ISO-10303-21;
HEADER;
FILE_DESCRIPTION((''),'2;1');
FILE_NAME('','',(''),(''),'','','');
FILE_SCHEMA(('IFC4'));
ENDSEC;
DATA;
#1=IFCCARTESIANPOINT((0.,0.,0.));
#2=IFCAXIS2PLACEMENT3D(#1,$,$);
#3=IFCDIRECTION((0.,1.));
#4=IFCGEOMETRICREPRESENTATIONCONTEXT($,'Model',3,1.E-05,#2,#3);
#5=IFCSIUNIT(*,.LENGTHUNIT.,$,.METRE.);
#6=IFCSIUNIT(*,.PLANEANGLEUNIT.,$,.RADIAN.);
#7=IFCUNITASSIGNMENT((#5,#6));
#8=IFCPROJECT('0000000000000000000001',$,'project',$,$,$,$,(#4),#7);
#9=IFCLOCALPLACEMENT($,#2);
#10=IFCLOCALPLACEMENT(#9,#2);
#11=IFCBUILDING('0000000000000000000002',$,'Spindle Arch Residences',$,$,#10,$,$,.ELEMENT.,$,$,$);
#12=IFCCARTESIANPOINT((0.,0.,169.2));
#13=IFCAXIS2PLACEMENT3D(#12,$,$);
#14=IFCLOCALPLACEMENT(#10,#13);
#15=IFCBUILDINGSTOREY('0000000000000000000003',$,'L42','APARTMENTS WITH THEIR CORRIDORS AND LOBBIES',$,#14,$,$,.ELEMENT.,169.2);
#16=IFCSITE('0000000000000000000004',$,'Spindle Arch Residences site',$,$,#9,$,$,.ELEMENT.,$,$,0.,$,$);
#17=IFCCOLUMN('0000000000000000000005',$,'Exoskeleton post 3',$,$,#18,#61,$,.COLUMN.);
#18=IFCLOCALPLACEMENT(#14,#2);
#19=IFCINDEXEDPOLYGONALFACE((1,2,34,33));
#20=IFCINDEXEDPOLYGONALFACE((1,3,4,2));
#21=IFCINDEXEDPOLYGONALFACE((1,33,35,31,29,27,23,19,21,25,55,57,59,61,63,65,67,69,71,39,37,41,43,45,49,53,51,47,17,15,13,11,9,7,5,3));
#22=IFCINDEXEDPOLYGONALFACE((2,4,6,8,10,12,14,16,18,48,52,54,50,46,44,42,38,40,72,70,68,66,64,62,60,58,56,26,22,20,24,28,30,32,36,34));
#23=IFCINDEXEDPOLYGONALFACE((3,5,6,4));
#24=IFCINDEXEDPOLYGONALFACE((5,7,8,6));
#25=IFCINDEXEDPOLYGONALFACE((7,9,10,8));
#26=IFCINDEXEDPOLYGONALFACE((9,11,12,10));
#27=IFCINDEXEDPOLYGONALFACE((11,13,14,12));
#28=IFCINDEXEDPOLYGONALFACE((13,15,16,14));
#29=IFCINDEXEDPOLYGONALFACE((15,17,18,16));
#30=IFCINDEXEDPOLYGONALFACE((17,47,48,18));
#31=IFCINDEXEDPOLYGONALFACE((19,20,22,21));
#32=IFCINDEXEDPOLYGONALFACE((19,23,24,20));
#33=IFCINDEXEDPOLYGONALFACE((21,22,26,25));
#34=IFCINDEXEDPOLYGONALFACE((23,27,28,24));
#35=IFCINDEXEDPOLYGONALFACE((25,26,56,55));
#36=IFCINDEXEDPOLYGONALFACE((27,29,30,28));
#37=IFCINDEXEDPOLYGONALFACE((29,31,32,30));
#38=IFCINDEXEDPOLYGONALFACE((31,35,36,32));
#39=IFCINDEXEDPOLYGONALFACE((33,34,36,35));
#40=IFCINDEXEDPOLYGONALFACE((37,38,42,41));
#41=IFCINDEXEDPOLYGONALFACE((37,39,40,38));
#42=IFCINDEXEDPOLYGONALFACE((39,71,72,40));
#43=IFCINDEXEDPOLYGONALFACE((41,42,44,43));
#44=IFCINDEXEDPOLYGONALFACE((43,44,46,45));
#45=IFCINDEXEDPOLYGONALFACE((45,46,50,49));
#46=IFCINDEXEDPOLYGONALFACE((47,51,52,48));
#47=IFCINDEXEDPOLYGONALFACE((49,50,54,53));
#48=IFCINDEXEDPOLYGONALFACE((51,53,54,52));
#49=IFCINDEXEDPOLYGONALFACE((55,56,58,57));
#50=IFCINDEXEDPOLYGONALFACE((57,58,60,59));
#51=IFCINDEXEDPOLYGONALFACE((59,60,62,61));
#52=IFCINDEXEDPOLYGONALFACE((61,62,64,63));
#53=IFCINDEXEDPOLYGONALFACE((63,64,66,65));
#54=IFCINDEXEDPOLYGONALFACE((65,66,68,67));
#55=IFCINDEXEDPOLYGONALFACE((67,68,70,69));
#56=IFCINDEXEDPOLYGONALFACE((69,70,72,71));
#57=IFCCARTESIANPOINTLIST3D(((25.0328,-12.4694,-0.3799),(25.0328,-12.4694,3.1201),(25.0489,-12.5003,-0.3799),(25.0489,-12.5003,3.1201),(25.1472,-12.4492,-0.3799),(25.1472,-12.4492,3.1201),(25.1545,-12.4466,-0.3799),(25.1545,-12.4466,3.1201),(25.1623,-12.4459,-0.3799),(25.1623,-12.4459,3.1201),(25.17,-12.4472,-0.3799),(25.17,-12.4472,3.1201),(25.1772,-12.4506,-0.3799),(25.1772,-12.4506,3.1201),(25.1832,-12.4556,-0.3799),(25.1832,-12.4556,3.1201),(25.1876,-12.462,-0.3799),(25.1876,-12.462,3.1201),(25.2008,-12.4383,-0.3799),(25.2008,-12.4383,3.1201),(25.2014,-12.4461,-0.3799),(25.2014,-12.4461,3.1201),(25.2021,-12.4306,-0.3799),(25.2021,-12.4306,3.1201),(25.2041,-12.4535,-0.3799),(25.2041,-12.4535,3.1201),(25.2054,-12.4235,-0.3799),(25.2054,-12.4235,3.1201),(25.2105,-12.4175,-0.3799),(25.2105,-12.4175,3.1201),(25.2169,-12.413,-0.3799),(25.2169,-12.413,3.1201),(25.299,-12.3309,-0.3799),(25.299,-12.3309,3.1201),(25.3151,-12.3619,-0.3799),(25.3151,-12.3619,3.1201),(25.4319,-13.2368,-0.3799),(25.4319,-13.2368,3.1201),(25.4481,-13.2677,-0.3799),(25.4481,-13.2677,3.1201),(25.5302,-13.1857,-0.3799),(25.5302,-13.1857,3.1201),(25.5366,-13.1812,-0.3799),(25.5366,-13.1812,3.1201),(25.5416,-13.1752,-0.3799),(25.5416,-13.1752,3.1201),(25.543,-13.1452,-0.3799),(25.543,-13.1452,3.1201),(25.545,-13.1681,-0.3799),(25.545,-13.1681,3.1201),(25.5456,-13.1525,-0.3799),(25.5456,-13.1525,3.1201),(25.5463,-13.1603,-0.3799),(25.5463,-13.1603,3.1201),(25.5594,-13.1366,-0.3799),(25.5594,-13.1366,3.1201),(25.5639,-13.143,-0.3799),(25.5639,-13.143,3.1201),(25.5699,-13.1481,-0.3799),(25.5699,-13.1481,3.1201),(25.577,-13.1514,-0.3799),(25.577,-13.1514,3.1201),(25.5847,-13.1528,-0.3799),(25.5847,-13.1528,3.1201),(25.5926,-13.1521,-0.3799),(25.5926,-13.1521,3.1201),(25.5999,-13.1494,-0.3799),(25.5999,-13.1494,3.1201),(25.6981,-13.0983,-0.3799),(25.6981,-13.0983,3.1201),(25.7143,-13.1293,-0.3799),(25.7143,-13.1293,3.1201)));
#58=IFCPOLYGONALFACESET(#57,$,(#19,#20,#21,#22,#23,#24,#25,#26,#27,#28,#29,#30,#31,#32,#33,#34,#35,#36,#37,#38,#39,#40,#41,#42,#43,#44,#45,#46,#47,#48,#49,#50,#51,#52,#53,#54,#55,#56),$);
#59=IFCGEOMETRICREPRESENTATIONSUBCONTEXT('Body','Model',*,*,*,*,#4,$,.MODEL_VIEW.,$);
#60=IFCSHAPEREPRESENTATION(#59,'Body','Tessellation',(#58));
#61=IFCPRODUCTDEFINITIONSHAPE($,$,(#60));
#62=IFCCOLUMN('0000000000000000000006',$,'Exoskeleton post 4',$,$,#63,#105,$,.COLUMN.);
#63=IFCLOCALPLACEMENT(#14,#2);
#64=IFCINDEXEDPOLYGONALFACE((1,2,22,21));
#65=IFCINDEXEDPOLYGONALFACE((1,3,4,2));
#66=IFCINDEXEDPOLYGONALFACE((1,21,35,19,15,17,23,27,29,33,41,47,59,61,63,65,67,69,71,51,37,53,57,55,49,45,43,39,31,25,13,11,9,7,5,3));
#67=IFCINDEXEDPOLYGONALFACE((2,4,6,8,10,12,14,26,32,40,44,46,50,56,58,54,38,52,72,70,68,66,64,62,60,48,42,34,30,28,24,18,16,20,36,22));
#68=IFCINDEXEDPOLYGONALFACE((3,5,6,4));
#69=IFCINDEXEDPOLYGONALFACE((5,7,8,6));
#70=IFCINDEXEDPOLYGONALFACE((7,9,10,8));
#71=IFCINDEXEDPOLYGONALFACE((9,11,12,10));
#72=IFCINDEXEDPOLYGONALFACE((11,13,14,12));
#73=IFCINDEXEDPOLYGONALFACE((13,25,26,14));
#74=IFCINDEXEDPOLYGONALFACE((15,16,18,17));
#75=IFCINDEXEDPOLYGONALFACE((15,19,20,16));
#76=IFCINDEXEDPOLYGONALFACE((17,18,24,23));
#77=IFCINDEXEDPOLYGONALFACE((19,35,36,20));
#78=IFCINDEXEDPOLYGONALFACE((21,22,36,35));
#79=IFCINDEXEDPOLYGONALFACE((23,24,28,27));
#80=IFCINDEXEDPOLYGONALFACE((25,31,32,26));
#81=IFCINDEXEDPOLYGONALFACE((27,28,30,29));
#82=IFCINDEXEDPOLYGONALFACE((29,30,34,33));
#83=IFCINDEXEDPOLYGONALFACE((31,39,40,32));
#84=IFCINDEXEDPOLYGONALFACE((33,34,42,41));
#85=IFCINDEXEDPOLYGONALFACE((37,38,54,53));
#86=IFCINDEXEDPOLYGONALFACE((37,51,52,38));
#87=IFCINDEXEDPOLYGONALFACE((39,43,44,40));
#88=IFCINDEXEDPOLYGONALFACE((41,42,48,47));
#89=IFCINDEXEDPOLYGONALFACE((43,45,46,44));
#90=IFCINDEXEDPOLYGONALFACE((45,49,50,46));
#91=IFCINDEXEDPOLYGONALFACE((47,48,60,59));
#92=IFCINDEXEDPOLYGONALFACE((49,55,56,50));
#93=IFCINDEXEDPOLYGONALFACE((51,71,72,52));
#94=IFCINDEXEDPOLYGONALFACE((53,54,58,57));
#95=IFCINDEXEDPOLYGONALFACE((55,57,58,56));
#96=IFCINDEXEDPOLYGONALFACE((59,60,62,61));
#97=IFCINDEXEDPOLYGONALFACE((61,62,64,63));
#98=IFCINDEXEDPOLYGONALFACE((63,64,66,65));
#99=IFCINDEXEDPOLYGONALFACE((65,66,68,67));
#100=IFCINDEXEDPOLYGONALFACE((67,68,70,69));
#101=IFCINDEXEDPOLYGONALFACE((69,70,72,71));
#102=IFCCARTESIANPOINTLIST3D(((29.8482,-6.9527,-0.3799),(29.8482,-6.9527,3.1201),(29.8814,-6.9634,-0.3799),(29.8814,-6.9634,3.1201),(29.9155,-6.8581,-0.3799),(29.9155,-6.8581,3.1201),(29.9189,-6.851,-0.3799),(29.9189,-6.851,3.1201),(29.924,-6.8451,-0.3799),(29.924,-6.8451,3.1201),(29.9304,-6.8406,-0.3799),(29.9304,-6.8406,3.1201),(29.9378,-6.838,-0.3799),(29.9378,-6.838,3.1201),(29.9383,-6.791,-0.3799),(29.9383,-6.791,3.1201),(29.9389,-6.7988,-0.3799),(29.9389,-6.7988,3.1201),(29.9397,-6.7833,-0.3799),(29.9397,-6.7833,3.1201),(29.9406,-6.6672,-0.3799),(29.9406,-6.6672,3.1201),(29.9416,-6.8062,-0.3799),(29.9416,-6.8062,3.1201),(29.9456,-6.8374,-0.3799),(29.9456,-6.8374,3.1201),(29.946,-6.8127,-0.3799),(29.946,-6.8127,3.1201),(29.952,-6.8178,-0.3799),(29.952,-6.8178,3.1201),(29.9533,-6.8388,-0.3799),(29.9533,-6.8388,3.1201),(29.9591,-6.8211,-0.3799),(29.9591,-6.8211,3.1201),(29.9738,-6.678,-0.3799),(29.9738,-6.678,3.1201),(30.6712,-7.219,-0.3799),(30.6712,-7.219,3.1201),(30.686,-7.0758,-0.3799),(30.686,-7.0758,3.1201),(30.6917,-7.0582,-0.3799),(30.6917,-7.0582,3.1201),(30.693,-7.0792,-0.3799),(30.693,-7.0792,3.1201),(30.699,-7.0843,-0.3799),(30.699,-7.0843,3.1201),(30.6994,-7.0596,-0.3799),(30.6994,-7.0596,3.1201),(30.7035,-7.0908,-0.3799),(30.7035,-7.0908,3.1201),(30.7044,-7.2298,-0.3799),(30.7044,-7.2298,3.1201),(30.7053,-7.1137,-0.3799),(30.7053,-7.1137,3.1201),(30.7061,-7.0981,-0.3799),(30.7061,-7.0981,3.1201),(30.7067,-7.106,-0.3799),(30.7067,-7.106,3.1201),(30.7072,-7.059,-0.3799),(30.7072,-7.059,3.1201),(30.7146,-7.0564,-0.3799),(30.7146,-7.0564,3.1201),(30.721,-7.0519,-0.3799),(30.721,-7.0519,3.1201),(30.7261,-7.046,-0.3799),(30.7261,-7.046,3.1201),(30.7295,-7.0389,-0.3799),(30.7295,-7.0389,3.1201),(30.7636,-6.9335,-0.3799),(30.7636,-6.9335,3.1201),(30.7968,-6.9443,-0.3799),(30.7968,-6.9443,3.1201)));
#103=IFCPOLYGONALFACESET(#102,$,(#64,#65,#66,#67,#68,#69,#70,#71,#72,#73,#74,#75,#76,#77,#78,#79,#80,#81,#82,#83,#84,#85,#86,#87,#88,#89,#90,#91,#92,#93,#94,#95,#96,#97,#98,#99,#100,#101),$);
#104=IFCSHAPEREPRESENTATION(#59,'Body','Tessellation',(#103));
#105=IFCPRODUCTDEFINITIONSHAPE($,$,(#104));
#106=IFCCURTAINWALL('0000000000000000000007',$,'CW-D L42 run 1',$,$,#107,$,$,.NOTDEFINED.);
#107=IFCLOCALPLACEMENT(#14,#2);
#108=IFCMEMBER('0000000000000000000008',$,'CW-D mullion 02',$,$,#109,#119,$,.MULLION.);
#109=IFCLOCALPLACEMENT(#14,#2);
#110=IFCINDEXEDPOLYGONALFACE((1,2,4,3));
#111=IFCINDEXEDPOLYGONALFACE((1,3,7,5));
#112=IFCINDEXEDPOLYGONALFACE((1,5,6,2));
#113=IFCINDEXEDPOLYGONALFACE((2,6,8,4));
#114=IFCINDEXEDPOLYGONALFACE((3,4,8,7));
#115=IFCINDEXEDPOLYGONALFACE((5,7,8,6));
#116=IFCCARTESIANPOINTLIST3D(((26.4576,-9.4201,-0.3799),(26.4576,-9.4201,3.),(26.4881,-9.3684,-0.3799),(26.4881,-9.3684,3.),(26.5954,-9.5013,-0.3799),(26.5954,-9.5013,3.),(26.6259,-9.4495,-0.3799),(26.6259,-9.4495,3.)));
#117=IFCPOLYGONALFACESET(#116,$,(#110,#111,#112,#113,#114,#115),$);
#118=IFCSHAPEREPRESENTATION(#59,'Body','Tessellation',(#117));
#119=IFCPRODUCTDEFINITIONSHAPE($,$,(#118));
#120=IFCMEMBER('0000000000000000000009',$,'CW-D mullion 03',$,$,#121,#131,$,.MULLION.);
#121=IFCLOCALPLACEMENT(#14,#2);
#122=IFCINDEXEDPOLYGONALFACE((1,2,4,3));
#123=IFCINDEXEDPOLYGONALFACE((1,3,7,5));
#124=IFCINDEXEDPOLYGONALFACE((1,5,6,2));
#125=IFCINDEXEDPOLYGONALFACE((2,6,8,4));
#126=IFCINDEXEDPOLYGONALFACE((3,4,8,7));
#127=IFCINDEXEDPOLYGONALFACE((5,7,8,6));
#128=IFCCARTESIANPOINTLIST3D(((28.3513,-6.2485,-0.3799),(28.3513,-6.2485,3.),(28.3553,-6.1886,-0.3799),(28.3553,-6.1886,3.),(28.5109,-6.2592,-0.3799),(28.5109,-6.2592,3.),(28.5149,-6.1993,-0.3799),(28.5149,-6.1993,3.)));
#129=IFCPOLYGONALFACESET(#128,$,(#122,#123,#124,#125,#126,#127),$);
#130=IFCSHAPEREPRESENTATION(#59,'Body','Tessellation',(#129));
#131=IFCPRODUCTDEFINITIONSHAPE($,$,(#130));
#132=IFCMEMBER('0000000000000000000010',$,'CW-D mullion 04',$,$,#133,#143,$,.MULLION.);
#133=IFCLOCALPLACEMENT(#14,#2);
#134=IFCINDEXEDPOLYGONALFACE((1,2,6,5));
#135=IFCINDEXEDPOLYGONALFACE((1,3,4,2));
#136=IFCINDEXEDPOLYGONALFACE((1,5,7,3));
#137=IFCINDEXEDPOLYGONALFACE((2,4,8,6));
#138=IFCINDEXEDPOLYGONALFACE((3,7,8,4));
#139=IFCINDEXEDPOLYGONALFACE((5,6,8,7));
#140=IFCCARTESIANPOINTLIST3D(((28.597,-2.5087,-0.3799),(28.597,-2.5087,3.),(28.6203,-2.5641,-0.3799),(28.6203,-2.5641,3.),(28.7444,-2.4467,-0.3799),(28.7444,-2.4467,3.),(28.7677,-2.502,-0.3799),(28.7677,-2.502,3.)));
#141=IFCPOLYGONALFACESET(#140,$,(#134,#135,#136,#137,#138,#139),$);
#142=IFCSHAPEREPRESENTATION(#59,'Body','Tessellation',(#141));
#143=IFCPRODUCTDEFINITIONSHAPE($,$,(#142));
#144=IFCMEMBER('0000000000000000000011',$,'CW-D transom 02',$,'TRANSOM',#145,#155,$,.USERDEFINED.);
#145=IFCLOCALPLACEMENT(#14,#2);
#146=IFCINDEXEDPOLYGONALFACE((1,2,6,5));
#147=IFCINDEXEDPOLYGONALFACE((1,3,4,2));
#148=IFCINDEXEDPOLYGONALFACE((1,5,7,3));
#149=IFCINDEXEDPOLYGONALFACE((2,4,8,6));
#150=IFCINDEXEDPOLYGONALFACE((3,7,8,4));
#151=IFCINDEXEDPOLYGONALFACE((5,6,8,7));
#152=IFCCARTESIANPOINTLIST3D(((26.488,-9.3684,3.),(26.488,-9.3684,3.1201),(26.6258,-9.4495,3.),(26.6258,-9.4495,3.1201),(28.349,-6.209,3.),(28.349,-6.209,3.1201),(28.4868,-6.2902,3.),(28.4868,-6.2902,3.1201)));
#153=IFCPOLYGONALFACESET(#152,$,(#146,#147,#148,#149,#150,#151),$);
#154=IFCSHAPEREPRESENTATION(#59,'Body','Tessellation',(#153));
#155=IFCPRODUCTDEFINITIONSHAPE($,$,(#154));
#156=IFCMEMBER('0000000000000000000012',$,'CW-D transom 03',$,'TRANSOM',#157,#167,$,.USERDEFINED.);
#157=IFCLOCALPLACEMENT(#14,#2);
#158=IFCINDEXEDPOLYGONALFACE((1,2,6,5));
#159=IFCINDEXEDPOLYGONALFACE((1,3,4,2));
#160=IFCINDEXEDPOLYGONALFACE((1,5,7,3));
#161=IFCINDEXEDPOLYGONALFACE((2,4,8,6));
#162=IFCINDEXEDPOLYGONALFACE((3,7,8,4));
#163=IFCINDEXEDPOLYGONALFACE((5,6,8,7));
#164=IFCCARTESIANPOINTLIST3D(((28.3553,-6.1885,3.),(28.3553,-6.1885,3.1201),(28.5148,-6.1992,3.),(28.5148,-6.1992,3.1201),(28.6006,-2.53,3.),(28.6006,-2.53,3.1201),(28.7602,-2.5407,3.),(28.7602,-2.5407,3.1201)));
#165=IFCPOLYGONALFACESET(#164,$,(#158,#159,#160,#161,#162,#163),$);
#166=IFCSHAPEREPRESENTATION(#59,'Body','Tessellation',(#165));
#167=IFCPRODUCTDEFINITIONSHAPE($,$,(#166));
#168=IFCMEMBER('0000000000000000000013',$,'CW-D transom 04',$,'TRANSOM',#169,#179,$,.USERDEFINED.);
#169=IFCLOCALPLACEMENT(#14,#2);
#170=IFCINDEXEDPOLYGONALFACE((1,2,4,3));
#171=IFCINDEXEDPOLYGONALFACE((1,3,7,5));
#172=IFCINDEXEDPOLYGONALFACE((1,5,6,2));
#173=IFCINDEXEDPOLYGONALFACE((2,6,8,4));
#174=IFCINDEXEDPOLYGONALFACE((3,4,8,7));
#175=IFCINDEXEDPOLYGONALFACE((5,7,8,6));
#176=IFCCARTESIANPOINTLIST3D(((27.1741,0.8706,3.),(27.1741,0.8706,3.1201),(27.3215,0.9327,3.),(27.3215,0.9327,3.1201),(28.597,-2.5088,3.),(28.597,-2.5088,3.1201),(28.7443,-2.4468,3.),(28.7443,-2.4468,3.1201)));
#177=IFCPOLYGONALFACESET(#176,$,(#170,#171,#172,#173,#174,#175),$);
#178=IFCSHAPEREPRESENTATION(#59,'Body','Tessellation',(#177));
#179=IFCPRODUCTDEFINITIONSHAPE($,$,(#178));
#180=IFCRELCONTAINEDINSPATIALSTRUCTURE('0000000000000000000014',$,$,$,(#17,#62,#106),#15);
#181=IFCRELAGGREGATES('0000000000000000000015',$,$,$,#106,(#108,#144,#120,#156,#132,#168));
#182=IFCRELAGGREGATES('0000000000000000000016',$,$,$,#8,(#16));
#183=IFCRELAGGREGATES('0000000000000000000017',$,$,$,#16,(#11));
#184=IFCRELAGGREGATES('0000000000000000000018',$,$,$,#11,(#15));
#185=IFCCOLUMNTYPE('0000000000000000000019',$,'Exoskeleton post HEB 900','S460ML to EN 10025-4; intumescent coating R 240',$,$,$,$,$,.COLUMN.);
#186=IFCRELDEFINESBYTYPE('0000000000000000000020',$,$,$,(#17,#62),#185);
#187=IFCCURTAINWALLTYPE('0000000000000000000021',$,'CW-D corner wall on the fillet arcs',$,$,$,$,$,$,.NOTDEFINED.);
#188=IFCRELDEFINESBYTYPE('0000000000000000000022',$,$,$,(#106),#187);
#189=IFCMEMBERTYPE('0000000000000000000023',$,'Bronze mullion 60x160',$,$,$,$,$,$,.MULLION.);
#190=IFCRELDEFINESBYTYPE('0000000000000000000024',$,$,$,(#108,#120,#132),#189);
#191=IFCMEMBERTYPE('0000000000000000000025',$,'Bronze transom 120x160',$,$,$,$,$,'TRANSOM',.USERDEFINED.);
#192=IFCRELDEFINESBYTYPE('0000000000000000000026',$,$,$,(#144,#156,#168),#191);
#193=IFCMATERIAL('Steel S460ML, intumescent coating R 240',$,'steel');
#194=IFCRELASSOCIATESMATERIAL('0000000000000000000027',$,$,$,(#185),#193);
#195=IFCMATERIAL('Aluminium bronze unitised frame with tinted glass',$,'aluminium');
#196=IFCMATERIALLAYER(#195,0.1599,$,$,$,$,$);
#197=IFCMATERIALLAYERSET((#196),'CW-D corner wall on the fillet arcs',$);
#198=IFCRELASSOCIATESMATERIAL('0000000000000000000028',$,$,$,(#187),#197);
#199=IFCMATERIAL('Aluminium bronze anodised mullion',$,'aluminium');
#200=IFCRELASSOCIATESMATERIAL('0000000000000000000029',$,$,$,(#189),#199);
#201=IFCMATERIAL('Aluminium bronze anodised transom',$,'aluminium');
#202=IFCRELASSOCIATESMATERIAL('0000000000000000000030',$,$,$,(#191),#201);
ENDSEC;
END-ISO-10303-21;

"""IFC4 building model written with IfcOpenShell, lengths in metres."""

from ifc_helpers import new_model, si_unit, direction, frame, origin, origin_2d, place, context, subcontext, project, spatial, rectangle, i_section, extrude, material, layer, layer_set, material_profile, profile_set, type_object, element, aggregate, save


model = new_model("IFC4")

# Units and contexts
model_context = context("Model", 3, precision=1e-05, world=origin(), true_north=direction((0.0, 1.0)))
body_context = subcontext(model_context, "Body", "Model", "MODEL_VIEW")
ifc_project = project(units=[si_unit("LENGTHUNIT", "METRE"), si_unit("PLANEANGLEUNIT", "RADIAN")], contexts=[model_context])

# Site, building, storey
site_placement = place(None, origin())
site = spatial("IfcSite", under=ifc_project, at=site_placement, Name="Spindle Arch Residences site", CompositionType="ELEMENT", RefElevation=0.0)
building_placement = place(site_placement, origin())
building = spatial("IfcBuilding", under=site, at=building_placement, Name="Spindle Arch Residences", CompositionType="ELEMENT")
storey_placement = place(building_placement, frame((0.0, 0.0, 169.2)))
storey = spatial("IfcBuildingStorey", under=building, at=storey_placement, Name="L42", Description="APARTMENTS WITH THEIR CORRIDORS AND LOBBIES", CompositionType="ELEMENT", Elevation=169.2)

# Columns
ifc_material_1 = material(Name="Steel S460ML, intumescent coating R 240", Category="steel")
ifc_material_profile_1 = material_profile(ifc_material_1, i_section(OverallWidth=0.3, OverallDepth=0.8999, WebThickness=0.0186, FlangeThickness=0.0349, FilletRadius=0.03, at=origin_2d()), Name="HEB 900")
ifc_profile_set_1 = profile_set([ifc_material_profile_1], Name="Steel S460ML, intumescent coating R 240")
column_type = type_object("IfcColumnType", Name="Exoskeleton post HEB 900", Description="S460ML to EN 10025-4; intumescent coating R 240", PredefinedType="COLUMN", material=ifc_profile_set_1)
for number, where, z_axis, x_axis, name in (
    (1, (25.3735, -12.7993, -0.3799), (0.0, 0.0, 1.0), (-0.887176, -0.46143, 0.0), "Exoskeleton post 3"),
    (2, (30.3225, -6.9485, -0.3799), (0.0, 0.0, 1.0), (-0.30788, -0.951425, 0.0), "Exoskeleton post 4"),
):
    element("IfcColumn", number, at=place(storey_placement, frame(where, z_axis=z_axis, x_axis=x_axis)), inside=storey, type_object=column_type, Name=name, PredefinedType="COLUMN", context=body_context, shape_type="SweptSolid", body=[
        extrude(i_section(OverallWidth=0.3, OverallDepth=0.8999, WebThickness=0.0186, FlangeThickness=0.0349, FilletRadius=0.03, at=origin_2d()), origin(), (0.0, 0.0, 1.0), 3.5),
    ])

# Curtain wall, members
ifc_material_2 = material(Name="Aluminium bronze unitised frame with tinted glass", Category="aluminium")
ifc_layer_1 = layer(ifc_material_2, 0.1599)
ifc_layer_set_1 = layer_set([ifc_layer_1], Name="CW-D corner wall on the fillet arcs")
curtain_wall_type = type_object("IfcCurtainWallType", Name="CW-D corner wall on the fillet arcs", PredefinedType="NOTDEFINED", material=ifc_layer_set_1)
curtain_wall_placement = place(storey_placement, origin())
curtain_wall = element("IfcCurtainWall", 3, at=curtain_wall_placement, inside=storey, type_object=curtain_wall_type, Name="CW-D L42 run 1", PredefinedType="NOTDEFINED")
ifc_material_3 = material(Name="Aluminium bronze anodised mullion", Category="aluminium")
ifc_material_profile_2 = material_profile(ifc_material_3, rectangle(XDim=0.1599, YDim=0.0601, at=origin_2d()), Name="MU 60x160")
ifc_profile_set_2 = profile_set([ifc_material_profile_2], Name="Aluminium bronze anodised mullion")
member_type_1 = type_object("IfcMemberType", Name="Bronze mullion 60x160", PredefinedType="MULLION", material=ifc_profile_set_2)
member_1_placement = place(storey_placement, frame((26.5417, -9.4348, -0.3799), z_axis=(0.0, 0.0, 1.0), x_axis=(-0.861629, 0.507538, 0.0)))
member_1 = element("IfcMember", 4, at=member_1_placement, type_object=member_type_1, Name="CW-D mullion 02", PredefinedType="MULLION", context=body_context, shape_type="SweptSolid", body=[
    extrude(rectangle(XDim=0.1599, YDim=0.0601, at=origin_2d()), origin(), (0.0, 0.0, 1.0), 3.3799),
])
member_2_placement = place(storey_placement, frame((28.4331, -6.2239, -0.3799), z_axis=(0.0, 0.0, 1.0), x_axis=(-0.997763, 0.066854, 0.0)))
member_2 = element("IfcMember", 5, at=member_2_placement, type_object=member_type_1, Name="CW-D mullion 03", PredefinedType="MULLION", context=body_context, shape_type="SweptSolid", body=[
    extrude(rectangle(XDim=0.1599, YDim=0.0601, at=origin_2d()), origin(), (0.0, 0.0, 1.0), 3.3799),
])
member_3_placement = place(storey_placement, frame((28.6824, -2.5054, -0.3799), z_axis=(0.0, 0.0, 1.0), x_axis=(-0.921638, -0.388052, 0.0)))
member_3 = element("IfcMember", 6, at=member_3_placement, type_object=member_type_1, Name="CW-D mullion 04", PredefinedType="MULLION", context=body_context, shape_type="SweptSolid", body=[
    extrude(rectangle(XDim=0.1599, YDim=0.0601, at=origin_2d()), origin(), (0.0, 0.0, 1.0), 3.3799),
])
ifc_material_4 = material(Name="Aluminium bronze anodised transom", Category="aluminium")
ifc_material_profile_3 = material_profile(ifc_material_4, rectangle(XDim=0.1599, YDim=0.1201, at=origin_2d()), Name="TR 120x160")
ifc_profile_set_3 = profile_set([ifc_material_profile_3], Name="Aluminium bronze anodised transom")
member_type_2 = type_object("IfcMemberType", Name="Bronze transom 120x160", ElementType="TRANSOM", PredefinedType="USERDEFINED", material=ifc_profile_set_3)
member_4_placement = place(storey_placement, frame((26.5569, -9.4089, 3.0601), z_axis=(0.507547, 0.861624, 0.0), x_axis=(-0.861624, 0.507547, 0.0)))
member_4 = element("IfcMember", 7, at=member_4_placement, type_object=member_type_2, Name="CW-D transom 02", ObjectType="TRANSOM", PredefinedType="USERDEFINED", context=body_context, shape_type="SweptSolid", body=[
    extrude(rectangle(XDim=0.1599, YDim=0.1201, at=origin_2d()), origin(), (0.0, 0.0, 1.0), 3.6667),
])
member_5_placement = place(storey_placement, frame((28.4351, -6.1938, 3.0601), z_axis=(0.066917, 0.997759, 0.0), x_axis=(-0.997759, 0.066917, 0.0)))
member_5 = element("IfcMember", 8, at=member_5_placement, type_object=member_type_2, Name="CW-D transom 03", ObjectType="TRANSOM", PredefinedType="USERDEFINED", context=body_context, shape_type="SweptSolid", body=[
    extrude(rectangle(XDim=0.1599, YDim=0.1201, at=origin_2d()), origin(), (0.0, 0.0, 1.0), 3.6667),
])
member_6_placement = place(storey_placement, frame((28.6707, -2.4778, 3.0601), z_axis=(-0.388045, 0.92164, 0.0), x_axis=(-0.92164, -0.388045, 0.0)))
member_6 = element("IfcMember", 9, at=member_6_placement, type_object=member_type_2, Name="CW-D transom 04", ObjectType="TRANSOM", PredefinedType="USERDEFINED", context=body_context, shape_type="SweptSolid", body=[
    extrude(rectangle(XDim=0.1599, YDim=0.1201, at=origin_2d()), origin(), (0.0, 0.0, 1.0), 3.6667),
])

aggregate(curtain_wall, [member_1, member_4, member_2, member_5, member_3, member_6])

save(model, "model.ifc")
